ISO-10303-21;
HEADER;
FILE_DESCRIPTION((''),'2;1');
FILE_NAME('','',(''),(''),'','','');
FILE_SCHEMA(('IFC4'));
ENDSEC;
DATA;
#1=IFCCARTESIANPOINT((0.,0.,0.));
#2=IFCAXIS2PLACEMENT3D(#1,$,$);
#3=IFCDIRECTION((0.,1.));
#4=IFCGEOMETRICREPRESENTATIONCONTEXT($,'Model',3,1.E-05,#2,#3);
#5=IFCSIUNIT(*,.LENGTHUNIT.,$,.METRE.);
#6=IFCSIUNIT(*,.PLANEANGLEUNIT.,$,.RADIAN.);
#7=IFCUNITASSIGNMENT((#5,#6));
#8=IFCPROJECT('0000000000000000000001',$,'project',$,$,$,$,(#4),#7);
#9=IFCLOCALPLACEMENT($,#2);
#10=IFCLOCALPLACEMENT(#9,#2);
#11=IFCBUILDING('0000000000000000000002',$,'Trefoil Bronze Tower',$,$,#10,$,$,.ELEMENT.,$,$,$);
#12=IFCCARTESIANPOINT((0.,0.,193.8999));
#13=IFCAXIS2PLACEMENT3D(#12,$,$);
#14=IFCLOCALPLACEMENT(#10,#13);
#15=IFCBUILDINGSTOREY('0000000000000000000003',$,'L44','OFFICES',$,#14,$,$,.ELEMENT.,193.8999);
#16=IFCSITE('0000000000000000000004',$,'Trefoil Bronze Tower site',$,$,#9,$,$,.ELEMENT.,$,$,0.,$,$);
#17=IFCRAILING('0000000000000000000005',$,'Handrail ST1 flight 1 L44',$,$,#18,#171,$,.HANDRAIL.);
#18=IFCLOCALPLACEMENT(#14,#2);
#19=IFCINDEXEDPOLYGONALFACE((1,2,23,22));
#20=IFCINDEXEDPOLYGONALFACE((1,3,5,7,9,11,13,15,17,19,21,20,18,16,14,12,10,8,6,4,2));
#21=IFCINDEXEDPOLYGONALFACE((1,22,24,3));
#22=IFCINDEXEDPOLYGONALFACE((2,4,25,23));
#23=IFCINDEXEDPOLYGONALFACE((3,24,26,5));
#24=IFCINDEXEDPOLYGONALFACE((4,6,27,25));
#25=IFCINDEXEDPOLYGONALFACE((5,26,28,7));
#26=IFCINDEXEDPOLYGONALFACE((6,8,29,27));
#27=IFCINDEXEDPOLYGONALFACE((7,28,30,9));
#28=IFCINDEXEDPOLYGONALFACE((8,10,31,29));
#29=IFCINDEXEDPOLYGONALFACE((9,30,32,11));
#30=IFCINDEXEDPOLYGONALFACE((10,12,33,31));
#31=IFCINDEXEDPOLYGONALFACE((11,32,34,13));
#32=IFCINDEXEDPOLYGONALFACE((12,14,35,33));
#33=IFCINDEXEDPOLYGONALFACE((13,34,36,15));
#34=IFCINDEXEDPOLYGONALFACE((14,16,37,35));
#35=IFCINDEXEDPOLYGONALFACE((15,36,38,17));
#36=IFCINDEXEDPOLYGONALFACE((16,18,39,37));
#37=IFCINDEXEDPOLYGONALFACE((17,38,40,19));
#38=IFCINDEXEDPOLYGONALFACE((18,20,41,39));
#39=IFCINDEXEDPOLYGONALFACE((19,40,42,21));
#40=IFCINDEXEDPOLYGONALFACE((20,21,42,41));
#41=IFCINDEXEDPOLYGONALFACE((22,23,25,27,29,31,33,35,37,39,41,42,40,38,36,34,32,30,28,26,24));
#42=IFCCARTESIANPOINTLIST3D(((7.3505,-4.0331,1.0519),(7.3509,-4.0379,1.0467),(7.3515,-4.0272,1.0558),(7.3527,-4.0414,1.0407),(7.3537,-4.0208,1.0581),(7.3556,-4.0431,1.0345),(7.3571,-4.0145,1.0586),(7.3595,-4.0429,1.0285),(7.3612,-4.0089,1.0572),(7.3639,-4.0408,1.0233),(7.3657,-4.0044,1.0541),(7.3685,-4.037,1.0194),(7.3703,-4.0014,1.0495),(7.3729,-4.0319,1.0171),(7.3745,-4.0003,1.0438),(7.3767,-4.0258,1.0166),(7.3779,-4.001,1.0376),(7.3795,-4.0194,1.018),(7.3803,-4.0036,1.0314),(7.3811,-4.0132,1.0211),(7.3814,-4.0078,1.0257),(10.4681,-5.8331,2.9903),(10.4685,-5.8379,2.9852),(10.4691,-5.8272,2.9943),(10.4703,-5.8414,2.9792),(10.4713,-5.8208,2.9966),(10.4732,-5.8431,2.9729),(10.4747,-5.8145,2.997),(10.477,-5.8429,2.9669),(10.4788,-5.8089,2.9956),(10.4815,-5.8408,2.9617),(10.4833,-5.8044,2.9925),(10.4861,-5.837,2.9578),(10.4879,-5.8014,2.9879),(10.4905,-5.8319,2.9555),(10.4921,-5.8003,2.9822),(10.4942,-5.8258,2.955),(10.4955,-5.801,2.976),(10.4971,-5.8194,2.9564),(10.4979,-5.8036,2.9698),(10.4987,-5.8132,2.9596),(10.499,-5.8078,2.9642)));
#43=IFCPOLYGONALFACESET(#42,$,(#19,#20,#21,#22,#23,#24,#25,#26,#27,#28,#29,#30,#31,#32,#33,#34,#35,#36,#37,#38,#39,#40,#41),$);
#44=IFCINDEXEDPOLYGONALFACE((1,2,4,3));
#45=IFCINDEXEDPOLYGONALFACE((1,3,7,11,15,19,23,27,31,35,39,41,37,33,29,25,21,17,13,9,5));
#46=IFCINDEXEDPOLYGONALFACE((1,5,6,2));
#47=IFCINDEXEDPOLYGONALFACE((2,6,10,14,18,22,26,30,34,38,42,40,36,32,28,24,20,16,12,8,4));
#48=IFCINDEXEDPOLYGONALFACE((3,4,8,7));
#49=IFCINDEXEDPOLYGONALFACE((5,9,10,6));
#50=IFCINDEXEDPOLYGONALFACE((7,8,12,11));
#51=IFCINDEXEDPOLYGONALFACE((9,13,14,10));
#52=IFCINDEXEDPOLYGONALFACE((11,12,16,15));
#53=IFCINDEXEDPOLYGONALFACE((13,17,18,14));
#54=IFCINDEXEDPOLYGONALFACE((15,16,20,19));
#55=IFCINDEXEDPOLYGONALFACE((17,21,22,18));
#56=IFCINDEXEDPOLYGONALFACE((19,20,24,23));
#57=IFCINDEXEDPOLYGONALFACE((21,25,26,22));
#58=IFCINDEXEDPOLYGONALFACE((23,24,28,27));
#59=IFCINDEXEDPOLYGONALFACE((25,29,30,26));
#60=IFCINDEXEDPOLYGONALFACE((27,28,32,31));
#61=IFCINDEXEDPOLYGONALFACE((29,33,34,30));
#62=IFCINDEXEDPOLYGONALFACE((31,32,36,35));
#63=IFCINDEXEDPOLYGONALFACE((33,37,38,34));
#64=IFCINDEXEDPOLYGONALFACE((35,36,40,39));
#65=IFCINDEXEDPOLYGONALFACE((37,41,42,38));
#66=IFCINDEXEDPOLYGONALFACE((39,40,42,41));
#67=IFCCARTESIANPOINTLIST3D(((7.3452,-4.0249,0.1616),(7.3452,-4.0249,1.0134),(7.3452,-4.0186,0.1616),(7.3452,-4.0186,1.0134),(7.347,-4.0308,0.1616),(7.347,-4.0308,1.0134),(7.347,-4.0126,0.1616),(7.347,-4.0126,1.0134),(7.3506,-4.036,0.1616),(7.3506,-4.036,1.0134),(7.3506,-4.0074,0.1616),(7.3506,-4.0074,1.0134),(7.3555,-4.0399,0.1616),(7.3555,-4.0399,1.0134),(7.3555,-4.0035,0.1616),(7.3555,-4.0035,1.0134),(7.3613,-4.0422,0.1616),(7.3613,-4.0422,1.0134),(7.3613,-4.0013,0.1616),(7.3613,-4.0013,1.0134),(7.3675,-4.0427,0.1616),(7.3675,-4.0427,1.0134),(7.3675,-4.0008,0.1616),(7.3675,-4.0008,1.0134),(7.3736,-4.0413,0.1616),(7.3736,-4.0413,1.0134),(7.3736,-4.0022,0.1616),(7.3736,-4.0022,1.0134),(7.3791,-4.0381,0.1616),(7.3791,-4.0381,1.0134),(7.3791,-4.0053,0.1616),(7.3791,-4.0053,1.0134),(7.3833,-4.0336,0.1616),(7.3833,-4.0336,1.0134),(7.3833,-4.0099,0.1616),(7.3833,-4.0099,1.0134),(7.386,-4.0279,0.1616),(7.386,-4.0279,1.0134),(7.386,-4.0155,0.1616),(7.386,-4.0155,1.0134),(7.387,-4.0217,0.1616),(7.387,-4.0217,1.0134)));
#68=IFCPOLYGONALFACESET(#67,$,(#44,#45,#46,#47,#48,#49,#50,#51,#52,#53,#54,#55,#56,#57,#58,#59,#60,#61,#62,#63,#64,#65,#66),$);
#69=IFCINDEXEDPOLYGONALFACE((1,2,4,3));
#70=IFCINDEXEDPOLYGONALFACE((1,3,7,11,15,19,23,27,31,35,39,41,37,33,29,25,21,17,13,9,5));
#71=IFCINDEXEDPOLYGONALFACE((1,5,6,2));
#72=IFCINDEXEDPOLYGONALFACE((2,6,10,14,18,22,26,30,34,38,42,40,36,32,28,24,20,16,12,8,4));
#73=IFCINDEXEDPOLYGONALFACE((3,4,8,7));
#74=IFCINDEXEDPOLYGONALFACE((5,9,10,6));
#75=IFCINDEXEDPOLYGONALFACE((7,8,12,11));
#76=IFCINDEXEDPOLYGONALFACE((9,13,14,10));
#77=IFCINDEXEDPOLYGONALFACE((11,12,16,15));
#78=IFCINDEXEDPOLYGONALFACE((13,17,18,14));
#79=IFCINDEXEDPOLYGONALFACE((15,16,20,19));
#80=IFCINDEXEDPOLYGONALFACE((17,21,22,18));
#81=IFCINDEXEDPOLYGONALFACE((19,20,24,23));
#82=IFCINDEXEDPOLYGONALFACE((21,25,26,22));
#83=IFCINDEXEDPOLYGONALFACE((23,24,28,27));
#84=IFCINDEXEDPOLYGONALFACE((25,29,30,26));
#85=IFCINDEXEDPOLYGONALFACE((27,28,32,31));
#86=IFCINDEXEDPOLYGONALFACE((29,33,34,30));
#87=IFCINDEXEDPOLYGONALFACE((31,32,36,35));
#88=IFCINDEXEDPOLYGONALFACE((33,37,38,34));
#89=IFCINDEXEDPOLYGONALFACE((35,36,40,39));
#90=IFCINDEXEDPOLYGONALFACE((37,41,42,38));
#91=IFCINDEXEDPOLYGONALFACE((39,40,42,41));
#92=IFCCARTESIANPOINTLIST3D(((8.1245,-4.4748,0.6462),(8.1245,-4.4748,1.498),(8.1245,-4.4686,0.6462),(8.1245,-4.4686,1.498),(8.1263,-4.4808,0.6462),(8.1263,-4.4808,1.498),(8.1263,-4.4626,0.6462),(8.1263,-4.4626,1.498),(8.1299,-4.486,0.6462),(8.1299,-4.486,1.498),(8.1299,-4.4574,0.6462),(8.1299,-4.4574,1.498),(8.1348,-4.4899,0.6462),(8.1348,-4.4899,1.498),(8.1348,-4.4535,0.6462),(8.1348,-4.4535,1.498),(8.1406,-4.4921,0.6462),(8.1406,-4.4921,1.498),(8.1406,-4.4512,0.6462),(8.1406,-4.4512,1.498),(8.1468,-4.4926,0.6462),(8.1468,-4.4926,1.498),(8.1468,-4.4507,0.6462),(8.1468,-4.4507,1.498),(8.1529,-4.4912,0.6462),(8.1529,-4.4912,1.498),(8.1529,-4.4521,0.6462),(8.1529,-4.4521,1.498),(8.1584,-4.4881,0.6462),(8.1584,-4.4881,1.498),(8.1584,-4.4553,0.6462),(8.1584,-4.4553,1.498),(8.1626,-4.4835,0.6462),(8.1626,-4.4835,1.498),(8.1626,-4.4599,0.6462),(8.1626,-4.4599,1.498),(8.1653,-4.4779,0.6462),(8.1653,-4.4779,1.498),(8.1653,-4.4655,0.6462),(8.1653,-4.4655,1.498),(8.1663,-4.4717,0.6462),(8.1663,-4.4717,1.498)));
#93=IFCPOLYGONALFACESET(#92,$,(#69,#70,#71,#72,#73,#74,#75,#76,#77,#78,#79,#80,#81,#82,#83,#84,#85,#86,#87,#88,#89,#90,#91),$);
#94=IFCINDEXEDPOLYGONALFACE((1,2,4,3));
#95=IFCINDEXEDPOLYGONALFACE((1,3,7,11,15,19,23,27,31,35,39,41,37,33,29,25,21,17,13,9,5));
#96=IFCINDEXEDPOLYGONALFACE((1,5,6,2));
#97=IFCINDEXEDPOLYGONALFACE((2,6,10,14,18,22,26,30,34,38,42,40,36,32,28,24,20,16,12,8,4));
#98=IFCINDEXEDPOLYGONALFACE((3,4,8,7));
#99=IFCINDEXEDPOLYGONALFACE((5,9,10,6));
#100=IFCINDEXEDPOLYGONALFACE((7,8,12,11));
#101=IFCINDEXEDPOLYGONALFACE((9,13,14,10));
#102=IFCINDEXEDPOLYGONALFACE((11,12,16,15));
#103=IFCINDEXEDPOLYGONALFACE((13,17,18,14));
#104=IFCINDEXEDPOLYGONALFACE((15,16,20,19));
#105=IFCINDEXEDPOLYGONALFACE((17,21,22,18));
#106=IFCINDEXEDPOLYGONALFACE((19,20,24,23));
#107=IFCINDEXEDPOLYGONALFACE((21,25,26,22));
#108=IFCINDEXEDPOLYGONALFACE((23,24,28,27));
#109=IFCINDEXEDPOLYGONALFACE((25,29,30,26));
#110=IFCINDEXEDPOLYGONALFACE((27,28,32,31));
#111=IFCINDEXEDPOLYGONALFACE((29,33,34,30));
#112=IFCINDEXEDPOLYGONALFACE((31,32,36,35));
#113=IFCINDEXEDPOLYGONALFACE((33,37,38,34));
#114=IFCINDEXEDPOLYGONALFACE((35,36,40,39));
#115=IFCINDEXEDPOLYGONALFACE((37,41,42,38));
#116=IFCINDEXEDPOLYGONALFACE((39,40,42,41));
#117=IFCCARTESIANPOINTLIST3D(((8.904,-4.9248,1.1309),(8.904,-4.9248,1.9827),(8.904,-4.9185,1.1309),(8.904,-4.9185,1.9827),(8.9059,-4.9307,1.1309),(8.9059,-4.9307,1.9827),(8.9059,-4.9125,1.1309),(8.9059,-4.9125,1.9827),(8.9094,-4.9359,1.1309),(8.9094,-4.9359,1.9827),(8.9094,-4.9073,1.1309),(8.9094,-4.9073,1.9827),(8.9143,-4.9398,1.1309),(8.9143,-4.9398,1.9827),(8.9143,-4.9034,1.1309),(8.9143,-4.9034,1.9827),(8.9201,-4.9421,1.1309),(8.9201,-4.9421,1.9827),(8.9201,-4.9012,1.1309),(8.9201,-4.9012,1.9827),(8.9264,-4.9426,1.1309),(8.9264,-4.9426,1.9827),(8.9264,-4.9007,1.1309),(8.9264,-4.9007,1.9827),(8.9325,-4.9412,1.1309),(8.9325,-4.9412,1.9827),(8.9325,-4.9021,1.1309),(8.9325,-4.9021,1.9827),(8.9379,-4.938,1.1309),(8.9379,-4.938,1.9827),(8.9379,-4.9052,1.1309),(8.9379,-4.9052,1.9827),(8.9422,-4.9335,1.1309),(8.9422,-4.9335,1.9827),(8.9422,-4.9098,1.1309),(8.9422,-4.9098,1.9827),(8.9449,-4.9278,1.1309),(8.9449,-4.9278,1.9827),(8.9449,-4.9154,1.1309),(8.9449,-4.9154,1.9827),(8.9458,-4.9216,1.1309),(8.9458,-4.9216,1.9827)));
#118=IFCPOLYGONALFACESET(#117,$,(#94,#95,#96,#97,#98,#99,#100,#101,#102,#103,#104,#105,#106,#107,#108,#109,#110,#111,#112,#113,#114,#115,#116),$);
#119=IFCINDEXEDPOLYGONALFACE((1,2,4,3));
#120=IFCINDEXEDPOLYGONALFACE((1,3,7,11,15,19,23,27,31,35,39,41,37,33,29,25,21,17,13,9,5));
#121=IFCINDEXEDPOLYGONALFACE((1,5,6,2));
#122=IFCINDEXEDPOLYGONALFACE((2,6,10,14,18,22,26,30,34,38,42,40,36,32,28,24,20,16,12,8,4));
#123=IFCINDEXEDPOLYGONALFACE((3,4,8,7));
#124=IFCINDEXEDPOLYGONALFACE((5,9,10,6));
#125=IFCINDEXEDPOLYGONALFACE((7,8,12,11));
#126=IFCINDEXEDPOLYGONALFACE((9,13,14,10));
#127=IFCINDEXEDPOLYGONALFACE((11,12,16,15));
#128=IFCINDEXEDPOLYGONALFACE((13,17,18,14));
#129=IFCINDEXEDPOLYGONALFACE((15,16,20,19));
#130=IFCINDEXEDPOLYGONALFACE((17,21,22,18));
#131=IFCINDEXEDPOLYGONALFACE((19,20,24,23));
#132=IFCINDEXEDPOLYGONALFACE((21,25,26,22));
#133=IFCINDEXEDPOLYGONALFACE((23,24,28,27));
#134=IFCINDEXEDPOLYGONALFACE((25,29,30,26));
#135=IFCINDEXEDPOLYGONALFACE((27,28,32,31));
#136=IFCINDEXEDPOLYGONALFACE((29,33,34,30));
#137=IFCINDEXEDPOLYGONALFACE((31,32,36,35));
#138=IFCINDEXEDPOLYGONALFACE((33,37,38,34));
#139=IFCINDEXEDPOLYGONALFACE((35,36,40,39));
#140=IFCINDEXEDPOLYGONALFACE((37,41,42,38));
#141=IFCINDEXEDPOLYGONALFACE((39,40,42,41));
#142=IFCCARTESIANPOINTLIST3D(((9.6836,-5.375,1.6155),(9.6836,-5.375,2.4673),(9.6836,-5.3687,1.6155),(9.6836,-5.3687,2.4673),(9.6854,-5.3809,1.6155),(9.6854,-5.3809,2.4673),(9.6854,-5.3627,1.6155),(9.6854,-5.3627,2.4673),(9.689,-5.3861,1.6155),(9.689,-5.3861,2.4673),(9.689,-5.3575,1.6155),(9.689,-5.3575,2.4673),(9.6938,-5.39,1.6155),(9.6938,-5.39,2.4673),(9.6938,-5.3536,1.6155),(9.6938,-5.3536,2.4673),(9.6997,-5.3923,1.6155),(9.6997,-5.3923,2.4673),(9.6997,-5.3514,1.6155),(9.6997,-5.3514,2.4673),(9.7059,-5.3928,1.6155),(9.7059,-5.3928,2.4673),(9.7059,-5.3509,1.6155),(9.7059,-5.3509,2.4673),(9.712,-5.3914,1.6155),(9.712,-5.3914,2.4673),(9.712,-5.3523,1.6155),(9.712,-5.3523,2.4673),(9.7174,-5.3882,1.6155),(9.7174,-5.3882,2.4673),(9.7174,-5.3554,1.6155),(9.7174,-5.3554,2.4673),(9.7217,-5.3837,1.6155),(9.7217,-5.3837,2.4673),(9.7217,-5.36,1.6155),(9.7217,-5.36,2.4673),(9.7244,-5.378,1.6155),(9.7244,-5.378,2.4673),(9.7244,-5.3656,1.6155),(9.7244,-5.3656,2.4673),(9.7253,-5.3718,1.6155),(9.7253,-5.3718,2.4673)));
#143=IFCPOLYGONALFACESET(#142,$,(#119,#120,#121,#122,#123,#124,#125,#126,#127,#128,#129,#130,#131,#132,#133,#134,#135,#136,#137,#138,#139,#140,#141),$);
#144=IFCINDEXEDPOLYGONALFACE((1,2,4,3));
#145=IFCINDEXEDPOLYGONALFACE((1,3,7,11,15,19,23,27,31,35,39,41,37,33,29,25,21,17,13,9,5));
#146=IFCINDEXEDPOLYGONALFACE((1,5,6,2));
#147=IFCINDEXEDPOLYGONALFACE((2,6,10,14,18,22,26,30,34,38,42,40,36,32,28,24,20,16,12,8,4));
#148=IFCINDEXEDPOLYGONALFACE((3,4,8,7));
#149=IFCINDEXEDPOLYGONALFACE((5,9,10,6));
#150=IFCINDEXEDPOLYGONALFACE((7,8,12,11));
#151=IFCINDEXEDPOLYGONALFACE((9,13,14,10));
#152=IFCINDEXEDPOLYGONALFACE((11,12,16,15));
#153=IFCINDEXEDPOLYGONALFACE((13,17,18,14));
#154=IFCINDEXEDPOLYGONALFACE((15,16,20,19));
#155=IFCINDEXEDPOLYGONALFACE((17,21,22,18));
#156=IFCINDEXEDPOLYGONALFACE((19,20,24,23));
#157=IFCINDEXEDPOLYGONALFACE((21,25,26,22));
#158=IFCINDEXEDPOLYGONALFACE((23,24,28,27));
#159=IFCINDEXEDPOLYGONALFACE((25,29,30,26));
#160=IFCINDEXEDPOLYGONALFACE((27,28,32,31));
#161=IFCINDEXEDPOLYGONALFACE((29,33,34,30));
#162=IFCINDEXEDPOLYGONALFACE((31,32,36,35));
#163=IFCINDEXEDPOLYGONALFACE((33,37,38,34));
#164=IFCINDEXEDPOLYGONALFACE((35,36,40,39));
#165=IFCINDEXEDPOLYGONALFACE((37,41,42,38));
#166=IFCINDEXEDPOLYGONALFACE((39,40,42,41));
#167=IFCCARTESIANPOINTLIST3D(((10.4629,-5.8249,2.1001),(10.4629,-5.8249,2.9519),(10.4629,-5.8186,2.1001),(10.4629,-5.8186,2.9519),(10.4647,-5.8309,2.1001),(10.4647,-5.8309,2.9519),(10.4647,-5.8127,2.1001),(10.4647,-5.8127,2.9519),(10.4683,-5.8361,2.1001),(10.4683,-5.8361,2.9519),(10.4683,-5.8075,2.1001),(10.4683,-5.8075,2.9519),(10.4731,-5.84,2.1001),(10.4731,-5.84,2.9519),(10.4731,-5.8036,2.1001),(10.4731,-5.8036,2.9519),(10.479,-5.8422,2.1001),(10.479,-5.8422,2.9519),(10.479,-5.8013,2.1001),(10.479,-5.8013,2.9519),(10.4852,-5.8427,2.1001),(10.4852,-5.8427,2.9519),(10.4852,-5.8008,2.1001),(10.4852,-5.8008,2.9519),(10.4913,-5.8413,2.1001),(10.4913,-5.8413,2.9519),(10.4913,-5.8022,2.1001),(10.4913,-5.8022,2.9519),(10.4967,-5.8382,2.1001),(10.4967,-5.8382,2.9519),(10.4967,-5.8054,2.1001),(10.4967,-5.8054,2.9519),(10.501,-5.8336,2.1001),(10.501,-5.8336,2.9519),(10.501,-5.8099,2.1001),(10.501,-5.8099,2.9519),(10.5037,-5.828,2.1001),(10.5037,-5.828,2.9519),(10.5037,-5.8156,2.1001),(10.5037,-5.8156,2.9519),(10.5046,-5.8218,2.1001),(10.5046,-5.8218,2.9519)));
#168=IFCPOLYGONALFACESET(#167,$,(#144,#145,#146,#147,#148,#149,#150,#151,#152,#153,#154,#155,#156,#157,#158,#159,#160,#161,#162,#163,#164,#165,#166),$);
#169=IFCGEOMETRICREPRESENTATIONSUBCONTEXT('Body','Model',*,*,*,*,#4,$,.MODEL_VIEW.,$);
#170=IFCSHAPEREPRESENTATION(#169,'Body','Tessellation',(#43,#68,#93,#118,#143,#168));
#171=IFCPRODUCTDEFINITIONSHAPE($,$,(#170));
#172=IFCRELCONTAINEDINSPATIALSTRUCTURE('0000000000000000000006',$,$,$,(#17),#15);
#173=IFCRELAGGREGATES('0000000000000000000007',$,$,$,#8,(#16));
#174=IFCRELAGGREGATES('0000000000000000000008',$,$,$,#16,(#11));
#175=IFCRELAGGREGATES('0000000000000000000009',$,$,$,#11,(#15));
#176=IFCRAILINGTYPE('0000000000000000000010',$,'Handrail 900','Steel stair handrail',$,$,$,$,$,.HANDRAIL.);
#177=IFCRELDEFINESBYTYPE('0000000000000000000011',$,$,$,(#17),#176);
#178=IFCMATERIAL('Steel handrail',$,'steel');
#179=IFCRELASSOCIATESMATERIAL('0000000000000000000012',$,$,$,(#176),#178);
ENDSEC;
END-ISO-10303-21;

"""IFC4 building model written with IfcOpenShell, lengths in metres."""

from ifc_helpers import new_model, si_unit, direction, frame, origin, origin_2d, place, context, subcontext, project, spatial, circle, extrude, material, type_object, element, save


model = new_model("IFC4")

# Units and contexts
model_context = context("Model", 3, precision=1e-05, world=origin(), true_north=direction((0.0, 1.0)))
body_context = subcontext(model_context, "Body", "Model", "MODEL_VIEW")
ifc_project = project(units=[si_unit("LENGTHUNIT", "METRE"), si_unit("PLANEANGLEUNIT", "RADIAN")], contexts=[model_context])

# Site, building, storey
site_placement = place(None, origin())
site = spatial("IfcSite", under=ifc_project, at=site_placement, Name="Trefoil Bronze Tower site", CompositionType="ELEMENT", RefElevation=0.0)
building_placement = place(site_placement, origin())
building = spatial("IfcBuilding", under=site, at=building_placement, Name="Trefoil Bronze Tower", CompositionType="ELEMENT")
storey_placement = place(building_placement, frame((0.0, 0.0, 193.8999)))
storey = spatial("IfcBuildingStorey", under=building, at=storey_placement, Name="L44", Description="OFFICES", CompositionType="ELEMENT", Elevation=193.8999)

# Railing
ifc_material_1 = material(Name="Steel handrail", Category="steel")
railing_type = type_object("IfcRailingType", Name="Handrail 900", Description="Steel stair handrail", PredefinedType="HANDRAIL", material=ifc_material_1)
railing_1_placement = place(storey_placement, frame((7.366, -4.0217, 0.1616)))
element("IfcRailing", 1, at=railing_1_placement, inside=storey, type_object=railing_type, Name="Handrail ST1 flight 1 L44", PredefinedType="HANDRAIL", context=body_context, shape_type="SweptSolid", body=[
    extrude(circle(Radius=0.0239, at=origin_2d()), frame((0.0, 0.0, 0.876), z_axis=(0.762503, -0.440246, 0.474102), x_axis=(0.500012, 0.866018, 0.0)), (0.0, 0.0, 1.0), 4.0886),
    extrude(circle(Radius=0.021, at=origin_2d()), origin(), (0.0, 0.0, 1.0), 0.8518),
    extrude(circle(Radius=0.021, at=origin_2d()), frame((0.7793, -0.45, 0.4846)), (0.0, 0.0, 1.0), 0.8518),
    extrude(circle(Radius=0.021, at=origin_2d()), frame((1.5588, -0.8999, 0.9692)), (0.0, 0.0, 1.0), 0.8518),
    extrude(circle(Radius=0.021, at=origin_2d()), frame((2.3384, -1.3501, 1.4539)), (0.0, 0.0, 1.0), 0.8518),
    extrude(circle(Radius=0.021, at=origin_2d()), frame((3.1177, -1.8, 1.9385)), (0.0, 0.0, 1.0), 0.8518),
])

save(model, "model.ifc")
